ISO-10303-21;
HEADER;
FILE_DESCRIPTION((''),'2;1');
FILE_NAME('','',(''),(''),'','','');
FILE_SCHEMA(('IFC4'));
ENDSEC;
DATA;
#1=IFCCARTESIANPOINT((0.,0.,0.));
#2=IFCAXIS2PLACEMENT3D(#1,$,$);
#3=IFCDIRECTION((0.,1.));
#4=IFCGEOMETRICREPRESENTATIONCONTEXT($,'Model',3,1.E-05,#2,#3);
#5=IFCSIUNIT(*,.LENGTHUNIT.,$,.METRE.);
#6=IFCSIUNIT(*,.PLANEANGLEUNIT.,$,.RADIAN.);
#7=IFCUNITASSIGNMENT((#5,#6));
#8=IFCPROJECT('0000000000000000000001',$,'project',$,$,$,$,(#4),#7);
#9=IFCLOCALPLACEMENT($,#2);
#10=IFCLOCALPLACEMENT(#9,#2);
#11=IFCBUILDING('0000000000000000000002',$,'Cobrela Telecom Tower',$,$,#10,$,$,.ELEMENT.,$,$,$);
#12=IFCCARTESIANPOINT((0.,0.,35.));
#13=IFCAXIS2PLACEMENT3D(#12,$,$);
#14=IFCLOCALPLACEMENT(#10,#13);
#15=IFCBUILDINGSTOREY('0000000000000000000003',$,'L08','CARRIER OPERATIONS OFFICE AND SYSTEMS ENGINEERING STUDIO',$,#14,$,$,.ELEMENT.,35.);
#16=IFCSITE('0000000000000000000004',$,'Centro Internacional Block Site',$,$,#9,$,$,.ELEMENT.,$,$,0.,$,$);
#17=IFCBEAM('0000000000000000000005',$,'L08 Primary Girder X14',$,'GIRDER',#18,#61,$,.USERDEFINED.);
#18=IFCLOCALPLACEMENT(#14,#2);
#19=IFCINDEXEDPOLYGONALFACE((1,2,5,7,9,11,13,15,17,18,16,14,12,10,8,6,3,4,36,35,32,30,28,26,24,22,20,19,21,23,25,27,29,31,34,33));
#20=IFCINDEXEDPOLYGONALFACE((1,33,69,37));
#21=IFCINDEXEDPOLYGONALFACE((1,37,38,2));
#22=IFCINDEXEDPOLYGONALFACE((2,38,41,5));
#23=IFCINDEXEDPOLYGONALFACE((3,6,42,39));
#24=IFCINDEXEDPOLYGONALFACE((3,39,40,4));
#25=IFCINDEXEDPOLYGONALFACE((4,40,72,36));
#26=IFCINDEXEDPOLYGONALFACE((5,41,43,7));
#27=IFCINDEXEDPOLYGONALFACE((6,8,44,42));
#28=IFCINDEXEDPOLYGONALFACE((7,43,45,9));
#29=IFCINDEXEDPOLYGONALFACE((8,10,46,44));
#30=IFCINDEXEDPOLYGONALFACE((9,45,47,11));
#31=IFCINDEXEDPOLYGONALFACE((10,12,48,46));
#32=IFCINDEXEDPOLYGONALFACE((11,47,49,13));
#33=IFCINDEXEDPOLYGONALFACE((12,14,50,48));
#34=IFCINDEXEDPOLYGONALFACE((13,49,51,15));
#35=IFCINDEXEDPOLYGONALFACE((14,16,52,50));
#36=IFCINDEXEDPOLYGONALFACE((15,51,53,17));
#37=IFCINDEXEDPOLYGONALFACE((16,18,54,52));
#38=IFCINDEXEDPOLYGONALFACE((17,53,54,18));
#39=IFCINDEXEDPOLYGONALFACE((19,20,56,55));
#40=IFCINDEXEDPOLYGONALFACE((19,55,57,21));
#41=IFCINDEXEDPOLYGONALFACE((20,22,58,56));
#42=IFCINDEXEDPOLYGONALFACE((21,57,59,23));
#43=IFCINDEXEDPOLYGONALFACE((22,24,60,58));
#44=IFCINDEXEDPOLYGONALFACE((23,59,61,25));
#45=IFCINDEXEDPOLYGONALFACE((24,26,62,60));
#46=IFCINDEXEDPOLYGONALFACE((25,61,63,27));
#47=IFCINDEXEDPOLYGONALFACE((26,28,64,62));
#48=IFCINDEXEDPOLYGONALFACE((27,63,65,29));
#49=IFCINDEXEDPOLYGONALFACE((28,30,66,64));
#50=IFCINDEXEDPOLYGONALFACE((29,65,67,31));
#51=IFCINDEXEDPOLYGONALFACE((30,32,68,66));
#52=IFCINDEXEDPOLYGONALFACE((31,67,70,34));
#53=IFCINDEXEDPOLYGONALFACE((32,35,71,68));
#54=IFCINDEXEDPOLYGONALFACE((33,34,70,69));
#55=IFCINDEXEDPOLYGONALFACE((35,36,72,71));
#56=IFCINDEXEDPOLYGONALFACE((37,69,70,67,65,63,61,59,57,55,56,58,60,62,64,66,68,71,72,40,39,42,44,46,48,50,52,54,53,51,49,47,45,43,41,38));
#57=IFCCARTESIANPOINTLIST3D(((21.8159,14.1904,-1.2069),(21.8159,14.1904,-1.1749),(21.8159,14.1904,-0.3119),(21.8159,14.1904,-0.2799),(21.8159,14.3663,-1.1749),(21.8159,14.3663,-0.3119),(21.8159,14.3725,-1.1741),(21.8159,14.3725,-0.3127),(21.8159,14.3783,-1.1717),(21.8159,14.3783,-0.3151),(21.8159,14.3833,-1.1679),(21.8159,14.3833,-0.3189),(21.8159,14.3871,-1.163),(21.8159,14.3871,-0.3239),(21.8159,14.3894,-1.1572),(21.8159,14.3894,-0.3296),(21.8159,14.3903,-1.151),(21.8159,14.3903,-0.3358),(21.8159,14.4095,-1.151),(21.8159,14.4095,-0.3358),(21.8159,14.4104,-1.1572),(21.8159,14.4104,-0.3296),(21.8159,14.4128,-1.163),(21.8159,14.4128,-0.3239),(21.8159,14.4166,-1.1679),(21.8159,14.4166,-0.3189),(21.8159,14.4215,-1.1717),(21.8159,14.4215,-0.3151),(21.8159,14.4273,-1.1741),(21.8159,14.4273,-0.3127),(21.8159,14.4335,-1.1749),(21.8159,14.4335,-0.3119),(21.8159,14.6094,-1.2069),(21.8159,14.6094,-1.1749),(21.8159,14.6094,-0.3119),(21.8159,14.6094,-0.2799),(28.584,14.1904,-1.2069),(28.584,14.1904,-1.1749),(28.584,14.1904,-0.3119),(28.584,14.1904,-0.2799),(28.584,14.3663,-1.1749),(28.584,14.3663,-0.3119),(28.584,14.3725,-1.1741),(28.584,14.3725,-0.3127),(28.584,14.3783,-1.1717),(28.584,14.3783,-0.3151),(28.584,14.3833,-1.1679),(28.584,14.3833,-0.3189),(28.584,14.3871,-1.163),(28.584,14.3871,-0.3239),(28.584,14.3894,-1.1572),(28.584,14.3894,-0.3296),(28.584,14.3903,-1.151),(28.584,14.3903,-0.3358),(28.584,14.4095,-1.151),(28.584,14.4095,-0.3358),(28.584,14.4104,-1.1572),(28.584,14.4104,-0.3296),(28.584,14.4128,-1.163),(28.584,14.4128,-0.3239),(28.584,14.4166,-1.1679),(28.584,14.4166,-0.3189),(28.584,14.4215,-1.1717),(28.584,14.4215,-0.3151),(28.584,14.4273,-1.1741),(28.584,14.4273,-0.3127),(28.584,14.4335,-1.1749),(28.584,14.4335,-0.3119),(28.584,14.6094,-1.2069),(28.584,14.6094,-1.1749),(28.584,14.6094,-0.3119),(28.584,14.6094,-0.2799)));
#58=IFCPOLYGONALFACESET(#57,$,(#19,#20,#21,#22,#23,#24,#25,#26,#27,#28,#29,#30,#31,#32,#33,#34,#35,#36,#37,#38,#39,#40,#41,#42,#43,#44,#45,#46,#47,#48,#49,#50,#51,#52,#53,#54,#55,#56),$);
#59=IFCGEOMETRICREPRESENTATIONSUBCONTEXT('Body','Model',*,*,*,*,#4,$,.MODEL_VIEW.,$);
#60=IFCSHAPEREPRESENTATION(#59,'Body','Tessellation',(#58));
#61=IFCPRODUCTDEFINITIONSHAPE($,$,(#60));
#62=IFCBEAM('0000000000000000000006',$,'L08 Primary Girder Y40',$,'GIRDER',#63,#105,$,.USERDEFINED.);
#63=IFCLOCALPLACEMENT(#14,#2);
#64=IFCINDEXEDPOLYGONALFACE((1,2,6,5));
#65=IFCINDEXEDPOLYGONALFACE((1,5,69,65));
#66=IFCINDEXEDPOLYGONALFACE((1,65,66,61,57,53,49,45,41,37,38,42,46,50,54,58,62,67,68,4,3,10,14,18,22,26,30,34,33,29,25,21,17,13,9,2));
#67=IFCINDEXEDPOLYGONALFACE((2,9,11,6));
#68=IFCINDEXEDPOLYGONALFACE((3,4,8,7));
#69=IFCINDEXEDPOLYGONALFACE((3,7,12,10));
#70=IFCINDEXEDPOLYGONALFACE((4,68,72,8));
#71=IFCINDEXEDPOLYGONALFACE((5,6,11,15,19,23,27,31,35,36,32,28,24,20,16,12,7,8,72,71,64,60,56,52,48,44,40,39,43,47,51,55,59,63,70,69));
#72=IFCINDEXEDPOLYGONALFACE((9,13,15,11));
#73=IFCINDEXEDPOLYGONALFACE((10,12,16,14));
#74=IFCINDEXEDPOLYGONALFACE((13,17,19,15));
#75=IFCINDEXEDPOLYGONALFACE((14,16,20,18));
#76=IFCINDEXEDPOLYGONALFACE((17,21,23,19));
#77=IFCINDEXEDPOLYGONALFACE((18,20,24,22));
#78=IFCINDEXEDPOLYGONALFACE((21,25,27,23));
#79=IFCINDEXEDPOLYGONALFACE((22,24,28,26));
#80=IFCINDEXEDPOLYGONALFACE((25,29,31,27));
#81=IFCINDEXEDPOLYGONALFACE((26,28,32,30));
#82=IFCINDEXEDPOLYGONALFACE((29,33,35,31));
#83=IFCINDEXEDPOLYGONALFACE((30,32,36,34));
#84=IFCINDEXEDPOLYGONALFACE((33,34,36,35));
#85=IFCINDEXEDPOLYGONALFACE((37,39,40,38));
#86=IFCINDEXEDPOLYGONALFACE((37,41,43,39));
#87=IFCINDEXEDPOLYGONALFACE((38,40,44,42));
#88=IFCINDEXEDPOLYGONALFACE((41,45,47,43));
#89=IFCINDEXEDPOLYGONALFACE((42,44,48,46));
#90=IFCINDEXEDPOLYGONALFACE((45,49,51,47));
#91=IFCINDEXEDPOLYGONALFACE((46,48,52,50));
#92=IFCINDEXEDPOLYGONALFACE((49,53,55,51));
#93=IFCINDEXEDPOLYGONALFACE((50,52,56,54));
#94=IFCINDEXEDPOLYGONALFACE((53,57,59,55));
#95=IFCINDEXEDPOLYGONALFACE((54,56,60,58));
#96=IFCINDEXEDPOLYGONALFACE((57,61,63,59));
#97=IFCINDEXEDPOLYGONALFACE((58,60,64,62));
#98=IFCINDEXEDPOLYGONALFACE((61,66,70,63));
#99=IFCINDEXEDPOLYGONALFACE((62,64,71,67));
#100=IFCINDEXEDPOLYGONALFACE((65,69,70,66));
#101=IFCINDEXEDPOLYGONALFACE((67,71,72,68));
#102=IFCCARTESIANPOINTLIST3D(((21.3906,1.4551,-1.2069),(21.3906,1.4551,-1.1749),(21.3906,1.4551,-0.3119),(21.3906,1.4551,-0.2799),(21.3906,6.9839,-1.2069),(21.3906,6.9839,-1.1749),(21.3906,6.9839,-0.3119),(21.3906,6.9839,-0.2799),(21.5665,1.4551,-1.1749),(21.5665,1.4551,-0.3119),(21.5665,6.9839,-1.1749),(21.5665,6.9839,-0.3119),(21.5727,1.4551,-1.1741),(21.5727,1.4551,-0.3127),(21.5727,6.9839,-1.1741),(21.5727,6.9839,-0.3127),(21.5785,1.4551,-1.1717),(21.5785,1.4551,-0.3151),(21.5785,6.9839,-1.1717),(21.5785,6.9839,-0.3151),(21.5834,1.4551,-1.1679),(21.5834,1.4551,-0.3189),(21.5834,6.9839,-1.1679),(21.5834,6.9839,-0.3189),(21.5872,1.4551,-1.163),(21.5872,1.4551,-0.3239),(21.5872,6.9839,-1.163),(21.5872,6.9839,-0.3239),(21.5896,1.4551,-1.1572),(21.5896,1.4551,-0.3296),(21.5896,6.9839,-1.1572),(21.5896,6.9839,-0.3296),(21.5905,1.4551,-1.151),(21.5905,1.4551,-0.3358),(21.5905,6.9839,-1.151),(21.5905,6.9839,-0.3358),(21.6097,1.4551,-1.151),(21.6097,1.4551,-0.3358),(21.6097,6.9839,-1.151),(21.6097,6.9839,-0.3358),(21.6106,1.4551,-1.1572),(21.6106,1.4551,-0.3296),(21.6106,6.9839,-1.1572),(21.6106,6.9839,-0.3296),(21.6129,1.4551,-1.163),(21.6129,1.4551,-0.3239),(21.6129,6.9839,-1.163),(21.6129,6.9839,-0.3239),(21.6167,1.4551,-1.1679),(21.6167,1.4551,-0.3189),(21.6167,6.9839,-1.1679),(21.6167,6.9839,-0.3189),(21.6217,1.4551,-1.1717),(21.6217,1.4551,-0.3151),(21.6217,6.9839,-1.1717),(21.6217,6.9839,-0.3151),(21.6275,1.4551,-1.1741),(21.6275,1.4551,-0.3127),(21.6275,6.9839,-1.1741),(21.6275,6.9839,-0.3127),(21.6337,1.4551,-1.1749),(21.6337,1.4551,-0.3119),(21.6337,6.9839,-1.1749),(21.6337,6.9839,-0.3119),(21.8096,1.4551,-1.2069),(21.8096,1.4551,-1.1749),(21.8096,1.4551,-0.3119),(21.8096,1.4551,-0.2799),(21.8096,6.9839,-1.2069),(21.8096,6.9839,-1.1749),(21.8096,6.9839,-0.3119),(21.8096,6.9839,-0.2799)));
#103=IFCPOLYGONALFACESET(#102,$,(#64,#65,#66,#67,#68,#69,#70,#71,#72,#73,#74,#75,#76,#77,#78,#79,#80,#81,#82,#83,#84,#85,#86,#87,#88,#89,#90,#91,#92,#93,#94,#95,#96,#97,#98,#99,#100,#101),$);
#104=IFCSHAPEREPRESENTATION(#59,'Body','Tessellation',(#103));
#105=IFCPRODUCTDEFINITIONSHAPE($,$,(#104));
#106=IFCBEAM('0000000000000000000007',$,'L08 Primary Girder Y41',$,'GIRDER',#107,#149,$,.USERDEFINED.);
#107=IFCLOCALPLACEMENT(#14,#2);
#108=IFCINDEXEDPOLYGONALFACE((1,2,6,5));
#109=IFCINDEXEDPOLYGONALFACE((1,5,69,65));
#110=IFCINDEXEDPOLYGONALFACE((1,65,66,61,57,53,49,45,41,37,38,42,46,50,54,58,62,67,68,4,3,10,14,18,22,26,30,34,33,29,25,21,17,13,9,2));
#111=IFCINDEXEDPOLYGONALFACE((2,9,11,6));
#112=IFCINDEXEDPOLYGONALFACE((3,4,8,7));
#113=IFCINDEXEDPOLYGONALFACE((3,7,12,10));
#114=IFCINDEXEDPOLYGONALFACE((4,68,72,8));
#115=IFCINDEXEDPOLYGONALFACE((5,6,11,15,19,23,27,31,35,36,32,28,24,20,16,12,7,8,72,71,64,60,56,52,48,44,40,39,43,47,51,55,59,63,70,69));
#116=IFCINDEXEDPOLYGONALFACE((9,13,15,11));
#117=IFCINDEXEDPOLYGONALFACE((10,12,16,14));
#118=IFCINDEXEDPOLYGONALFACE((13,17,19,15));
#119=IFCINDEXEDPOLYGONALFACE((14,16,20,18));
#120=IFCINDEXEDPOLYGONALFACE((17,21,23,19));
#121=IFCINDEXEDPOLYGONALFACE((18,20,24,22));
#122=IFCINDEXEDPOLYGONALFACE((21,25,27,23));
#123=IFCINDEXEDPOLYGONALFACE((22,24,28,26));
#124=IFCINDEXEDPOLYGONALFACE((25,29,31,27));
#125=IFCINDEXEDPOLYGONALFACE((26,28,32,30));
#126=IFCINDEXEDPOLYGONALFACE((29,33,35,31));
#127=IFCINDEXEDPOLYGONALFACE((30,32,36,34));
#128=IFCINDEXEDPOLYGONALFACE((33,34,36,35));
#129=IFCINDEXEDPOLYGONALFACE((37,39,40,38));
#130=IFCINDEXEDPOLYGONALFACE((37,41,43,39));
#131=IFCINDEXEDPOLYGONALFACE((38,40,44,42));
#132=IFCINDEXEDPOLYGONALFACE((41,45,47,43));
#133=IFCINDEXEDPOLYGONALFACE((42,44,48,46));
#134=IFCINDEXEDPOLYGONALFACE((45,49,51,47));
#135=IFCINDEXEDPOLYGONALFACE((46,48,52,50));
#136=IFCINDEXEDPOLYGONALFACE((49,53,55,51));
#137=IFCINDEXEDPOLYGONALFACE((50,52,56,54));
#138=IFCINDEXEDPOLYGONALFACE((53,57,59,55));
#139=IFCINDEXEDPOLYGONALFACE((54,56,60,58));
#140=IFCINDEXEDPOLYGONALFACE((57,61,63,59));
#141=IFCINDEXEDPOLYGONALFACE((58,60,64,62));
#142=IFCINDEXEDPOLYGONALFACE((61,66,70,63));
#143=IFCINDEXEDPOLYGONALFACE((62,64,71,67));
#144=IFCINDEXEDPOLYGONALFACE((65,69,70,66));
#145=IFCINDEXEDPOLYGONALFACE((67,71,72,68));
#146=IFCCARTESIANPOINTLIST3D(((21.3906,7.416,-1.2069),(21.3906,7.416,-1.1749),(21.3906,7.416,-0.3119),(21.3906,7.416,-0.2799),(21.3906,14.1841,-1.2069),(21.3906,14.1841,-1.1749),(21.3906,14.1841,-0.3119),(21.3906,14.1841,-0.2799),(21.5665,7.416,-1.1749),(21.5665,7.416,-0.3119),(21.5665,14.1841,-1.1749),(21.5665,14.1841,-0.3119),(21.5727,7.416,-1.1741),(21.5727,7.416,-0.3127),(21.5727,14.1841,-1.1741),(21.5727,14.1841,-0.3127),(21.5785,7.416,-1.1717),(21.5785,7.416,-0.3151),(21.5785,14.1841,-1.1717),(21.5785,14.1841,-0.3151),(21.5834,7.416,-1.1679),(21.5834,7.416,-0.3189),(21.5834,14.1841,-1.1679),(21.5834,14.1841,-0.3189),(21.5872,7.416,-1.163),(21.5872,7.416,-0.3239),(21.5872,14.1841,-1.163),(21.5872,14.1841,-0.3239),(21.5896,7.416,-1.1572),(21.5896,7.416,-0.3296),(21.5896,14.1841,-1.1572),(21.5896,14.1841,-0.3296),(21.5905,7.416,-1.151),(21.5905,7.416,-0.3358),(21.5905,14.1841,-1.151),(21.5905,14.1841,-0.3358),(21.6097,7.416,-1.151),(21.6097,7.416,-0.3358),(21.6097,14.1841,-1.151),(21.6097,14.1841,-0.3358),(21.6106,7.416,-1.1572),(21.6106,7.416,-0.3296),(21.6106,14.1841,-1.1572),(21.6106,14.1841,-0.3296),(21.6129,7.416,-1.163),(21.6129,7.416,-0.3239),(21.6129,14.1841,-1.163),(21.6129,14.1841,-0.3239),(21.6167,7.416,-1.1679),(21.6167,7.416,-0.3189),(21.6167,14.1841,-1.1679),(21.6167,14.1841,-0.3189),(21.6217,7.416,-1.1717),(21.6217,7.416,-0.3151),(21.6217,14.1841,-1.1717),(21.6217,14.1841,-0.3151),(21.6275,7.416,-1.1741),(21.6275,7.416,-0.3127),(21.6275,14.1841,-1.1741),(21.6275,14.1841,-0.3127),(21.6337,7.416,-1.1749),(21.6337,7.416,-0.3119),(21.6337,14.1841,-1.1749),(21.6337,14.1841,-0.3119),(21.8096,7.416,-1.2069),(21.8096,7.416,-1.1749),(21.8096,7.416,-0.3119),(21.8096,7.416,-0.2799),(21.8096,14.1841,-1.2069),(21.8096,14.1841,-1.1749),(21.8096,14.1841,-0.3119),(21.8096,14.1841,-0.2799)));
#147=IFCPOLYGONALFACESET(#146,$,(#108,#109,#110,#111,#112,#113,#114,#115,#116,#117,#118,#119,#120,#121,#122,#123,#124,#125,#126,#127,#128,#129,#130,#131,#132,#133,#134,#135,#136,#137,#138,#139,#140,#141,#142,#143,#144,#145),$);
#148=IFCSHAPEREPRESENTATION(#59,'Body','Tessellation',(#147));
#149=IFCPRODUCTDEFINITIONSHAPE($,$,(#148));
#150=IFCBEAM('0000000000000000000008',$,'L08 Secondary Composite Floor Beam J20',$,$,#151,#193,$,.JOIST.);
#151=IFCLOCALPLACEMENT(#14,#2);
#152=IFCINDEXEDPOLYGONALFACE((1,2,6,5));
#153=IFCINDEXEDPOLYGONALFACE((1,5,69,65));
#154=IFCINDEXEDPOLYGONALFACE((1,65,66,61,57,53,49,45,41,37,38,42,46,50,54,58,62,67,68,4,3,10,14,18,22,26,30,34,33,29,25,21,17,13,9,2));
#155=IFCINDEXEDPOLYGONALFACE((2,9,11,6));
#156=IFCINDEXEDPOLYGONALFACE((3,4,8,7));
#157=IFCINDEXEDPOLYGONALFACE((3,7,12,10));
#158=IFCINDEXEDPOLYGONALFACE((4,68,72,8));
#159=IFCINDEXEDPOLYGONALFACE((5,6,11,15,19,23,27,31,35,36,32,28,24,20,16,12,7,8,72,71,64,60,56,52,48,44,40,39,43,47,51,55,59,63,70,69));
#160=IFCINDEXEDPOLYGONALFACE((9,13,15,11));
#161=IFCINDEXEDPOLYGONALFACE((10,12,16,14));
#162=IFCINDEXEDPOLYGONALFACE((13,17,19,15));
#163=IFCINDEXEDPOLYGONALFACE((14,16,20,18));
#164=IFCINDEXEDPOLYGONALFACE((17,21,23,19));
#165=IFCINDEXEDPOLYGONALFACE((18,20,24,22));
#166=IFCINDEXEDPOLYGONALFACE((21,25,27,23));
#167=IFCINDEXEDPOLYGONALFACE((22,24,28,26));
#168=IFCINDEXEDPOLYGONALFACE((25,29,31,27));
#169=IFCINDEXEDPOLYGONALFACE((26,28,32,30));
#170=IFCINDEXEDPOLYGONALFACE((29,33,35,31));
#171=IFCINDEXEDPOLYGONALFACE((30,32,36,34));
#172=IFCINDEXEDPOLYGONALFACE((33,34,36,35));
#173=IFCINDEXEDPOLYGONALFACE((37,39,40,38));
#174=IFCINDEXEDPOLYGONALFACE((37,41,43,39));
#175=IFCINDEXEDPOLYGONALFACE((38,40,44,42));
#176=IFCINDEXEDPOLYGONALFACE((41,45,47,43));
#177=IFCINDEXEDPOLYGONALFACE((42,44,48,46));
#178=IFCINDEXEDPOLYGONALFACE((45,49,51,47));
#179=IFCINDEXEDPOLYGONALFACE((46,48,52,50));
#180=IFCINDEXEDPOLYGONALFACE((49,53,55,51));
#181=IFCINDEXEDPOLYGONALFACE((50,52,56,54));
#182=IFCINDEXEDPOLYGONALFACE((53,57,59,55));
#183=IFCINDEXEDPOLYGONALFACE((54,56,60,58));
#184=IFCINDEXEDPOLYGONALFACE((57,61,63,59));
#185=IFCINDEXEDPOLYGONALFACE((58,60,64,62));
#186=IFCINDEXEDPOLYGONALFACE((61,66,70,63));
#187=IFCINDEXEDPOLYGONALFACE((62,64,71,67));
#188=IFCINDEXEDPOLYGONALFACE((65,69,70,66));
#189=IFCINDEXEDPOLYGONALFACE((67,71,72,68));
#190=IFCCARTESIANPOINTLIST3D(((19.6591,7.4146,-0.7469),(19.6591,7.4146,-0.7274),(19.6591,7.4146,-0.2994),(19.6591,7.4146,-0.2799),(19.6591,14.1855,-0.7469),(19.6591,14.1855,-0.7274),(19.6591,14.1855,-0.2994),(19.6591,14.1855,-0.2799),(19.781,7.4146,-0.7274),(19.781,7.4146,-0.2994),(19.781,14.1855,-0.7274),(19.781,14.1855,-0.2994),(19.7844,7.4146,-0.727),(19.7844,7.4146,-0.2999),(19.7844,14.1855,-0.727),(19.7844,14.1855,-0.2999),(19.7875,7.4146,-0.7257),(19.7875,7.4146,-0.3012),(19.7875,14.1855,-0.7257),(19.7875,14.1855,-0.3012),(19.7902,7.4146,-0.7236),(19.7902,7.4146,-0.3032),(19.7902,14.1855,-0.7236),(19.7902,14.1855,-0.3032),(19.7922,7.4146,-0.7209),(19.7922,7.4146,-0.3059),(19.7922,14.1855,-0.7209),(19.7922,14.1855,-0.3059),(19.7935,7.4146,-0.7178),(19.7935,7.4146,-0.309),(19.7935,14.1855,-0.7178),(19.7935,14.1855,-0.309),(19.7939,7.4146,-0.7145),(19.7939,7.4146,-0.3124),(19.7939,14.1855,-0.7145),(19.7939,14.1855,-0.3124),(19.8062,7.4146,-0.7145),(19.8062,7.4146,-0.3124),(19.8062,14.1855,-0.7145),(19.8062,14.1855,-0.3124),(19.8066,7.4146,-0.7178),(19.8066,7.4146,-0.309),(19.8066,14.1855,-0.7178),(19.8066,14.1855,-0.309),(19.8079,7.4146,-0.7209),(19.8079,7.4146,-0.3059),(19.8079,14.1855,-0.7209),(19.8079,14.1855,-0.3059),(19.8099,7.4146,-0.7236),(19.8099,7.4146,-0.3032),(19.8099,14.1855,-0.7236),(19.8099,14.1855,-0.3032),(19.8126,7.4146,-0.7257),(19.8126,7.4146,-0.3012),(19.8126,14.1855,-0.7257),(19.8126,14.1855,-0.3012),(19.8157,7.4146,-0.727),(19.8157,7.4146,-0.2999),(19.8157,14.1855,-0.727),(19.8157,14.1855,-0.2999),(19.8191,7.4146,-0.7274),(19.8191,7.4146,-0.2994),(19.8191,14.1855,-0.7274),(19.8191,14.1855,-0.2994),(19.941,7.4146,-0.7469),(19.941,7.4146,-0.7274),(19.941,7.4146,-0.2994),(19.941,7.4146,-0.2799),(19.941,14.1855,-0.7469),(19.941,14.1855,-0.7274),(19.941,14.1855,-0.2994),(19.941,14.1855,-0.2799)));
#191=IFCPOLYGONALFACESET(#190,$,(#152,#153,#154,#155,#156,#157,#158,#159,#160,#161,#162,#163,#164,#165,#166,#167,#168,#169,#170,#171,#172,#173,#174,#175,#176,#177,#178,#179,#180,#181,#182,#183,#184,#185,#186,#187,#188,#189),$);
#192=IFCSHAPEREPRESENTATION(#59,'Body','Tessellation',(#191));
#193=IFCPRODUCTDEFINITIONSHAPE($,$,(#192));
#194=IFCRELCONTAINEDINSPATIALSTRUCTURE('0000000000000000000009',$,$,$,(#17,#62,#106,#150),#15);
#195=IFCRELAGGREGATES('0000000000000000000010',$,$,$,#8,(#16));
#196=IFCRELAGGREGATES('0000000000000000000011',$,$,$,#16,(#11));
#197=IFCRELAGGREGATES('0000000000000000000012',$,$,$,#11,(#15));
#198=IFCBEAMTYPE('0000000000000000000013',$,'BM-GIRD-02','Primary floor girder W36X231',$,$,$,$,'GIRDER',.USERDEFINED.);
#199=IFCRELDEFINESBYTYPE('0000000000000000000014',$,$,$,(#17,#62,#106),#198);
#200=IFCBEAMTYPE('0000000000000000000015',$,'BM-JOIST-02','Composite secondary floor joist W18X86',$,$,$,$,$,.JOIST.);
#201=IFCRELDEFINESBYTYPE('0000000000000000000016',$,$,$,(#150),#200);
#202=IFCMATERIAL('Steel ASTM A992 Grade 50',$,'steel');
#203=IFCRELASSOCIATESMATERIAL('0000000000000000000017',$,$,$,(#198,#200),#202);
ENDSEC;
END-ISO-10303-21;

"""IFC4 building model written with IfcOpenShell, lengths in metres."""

from ifc_helpers import new_model, si_unit, direction, frame, origin, origin_2d, place, context, subcontext, project, spatial, i_section, extrude, material, material_profile, profile_set, type_object, element, save


model = new_model("IFC4")

# Units and contexts
model_context = context("Model", 3, precision=1e-05, world=origin(), true_north=direction((0.0, 1.0)))
body_context = subcontext(model_context, "Body", "Model", "MODEL_VIEW")
ifc_project = project(units=[si_unit("LENGTHUNIT", "METRE"), si_unit("PLANEANGLEUNIT", "RADIAN")], contexts=[model_context])

# Site, building, storey
site_placement = place(None, origin())
site = spatial("IfcSite", under=ifc_project, at=site_placement, Name="Centro Internacional Block Site", CompositionType="ELEMENT", RefElevation=0.0)
building_placement = place(site_placement, origin())
building = spatial("IfcBuilding", under=site, at=building_placement, Name="Cobrela Telecom Tower", CompositionType="ELEMENT")
storey_placement = place(building_placement, frame((0.0, 0.0, 35.0)))
storey = spatial("IfcBuildingStorey", under=building, at=storey_placement, Name="L08", Description="CARRIER OPERATIONS OFFICE AND SYSTEMS ENGINEERING STUDIO", CompositionType="ELEMENT", Elevation=35.0)

# Shared definitions
ifc_material_1 = material(Name="Steel ASTM A992 Grade 50", Category="steel")

# Beams
ifc_material_profile_1 = material_profile(ifc_material_1, i_section(OverallWidth=0.4189, OverallDepth=0.927, WebThickness=0.0193, FlangeThickness=0.032, FilletRadius=0.0239, at=origin_2d()), Name="W36X231")
ifc_profile_set_1 = profile_set([ifc_material_profile_1], Name="Steel ASTM A992 Grade 50")
beam_type_1 = type_object("IfcBeamType", Name="BM-GIRD-02", Description="Primary floor girder W36X231", ElementType="GIRDER", PredefinedType="USERDEFINED", material=ifc_profile_set_1)
for number, where, z_axis, x_axis, name in (
    (1, (21.8159, 14.3999, -0.7434), (1.0, 0.0, 0.0), (0.0, 1.0, 0.0), "L08 Primary Girder X14"),
):
    element("IfcBeam", number, at=place(storey_placement, frame(where, z_axis=z_axis, x_axis=x_axis)), inside=storey, type_object=beam_type_1, Name=name, ObjectType="GIRDER", PredefinedType="USERDEFINED", context=body_context, shape_type="SweptSolid", body=[
        extrude(i_section(OverallWidth=0.4189, OverallDepth=0.927, WebThickness=0.0193, FlangeThickness=0.032, FilletRadius=0.0239, at=origin_2d()), origin(), (0.0, 0.0, 1.0), 6.7681),
    ])
beam_1_placement = place(storey_placement, frame((21.6001, 1.4551, -0.7434), z_axis=(0.0, 1.0, 0.0), x_axis=(-1.0, 0.0, 0.0)))
element("IfcBeam", 2, at=beam_1_placement, inside=storey, type_object=beam_type_1, Name="L08 Primary Girder Y40", ObjectType="GIRDER", PredefinedType="USERDEFINED", context=body_context, shape_type="SweptSolid", body=[
    extrude(i_section(OverallWidth=0.4189, OverallDepth=0.927, WebThickness=0.0193, FlangeThickness=0.032, FilletRadius=0.0239, at=origin_2d()), origin(), (0.0, 0.0, 1.0), 5.5288),
])
beam_2_placement = place(storey_placement, frame((21.6001, 7.416, -0.7434), z_axis=(0.0, 1.0, 0.0), x_axis=(-1.0, 0.0, 0.0)))
element("IfcBeam", 3, at=beam_2_placement, inside=storey, type_object=beam_type_1, Name="L08 Primary Girder Y41", ObjectType="GIRDER", PredefinedType="USERDEFINED", context=body_context, shape_type="SweptSolid", body=[
    extrude(i_section(OverallWidth=0.4189, OverallDepth=0.927, WebThickness=0.0193, FlangeThickness=0.032, FilletRadius=0.0239, at=origin_2d()), origin(), (0.0, 0.0, 1.0), 6.7681),
])
ifc_material_profile_2 = material_profile(ifc_material_1, i_section(OverallWidth=0.282, OverallDepth=0.467, WebThickness=0.0122, FlangeThickness=0.0195, FilletRadius=0.0129, at=origin_2d()), Name="W18X86")
ifc_profile_set_2 = profile_set([ifc_material_profile_2], Name="Steel ASTM A992 Grade 50")
beam_type_2 = type_object("IfcBeamType", Name="BM-JOIST-02", Description="Composite secondary floor joist W18X86", PredefinedType="JOIST", material=ifc_profile_set_2)
for number, where, z_axis, x_axis, name in (
    (4, (19.8, 7.4146, -0.5134), (0.0, 1.0, 0.0), (-1.0, 0.0, 0.0), "L08 Secondary Composite Floor Beam J20"),
):
    element("IfcBeam", number, at=place(storey_placement, frame(where, z_axis=z_axis, x_axis=x_axis)), inside=storey, type_object=beam_type_2, Name=name, PredefinedType="JOIST", context=body_context, shape_type="SweptSolid", body=[
        extrude(i_section(OverallWidth=0.282, OverallDepth=0.467, WebThickness=0.0122, FlangeThickness=0.0195, FilletRadius=0.0129, at=origin_2d()), origin(), (0.0, 0.0, 1.0), 6.771),
    ])

save(model, "model.ifc")
